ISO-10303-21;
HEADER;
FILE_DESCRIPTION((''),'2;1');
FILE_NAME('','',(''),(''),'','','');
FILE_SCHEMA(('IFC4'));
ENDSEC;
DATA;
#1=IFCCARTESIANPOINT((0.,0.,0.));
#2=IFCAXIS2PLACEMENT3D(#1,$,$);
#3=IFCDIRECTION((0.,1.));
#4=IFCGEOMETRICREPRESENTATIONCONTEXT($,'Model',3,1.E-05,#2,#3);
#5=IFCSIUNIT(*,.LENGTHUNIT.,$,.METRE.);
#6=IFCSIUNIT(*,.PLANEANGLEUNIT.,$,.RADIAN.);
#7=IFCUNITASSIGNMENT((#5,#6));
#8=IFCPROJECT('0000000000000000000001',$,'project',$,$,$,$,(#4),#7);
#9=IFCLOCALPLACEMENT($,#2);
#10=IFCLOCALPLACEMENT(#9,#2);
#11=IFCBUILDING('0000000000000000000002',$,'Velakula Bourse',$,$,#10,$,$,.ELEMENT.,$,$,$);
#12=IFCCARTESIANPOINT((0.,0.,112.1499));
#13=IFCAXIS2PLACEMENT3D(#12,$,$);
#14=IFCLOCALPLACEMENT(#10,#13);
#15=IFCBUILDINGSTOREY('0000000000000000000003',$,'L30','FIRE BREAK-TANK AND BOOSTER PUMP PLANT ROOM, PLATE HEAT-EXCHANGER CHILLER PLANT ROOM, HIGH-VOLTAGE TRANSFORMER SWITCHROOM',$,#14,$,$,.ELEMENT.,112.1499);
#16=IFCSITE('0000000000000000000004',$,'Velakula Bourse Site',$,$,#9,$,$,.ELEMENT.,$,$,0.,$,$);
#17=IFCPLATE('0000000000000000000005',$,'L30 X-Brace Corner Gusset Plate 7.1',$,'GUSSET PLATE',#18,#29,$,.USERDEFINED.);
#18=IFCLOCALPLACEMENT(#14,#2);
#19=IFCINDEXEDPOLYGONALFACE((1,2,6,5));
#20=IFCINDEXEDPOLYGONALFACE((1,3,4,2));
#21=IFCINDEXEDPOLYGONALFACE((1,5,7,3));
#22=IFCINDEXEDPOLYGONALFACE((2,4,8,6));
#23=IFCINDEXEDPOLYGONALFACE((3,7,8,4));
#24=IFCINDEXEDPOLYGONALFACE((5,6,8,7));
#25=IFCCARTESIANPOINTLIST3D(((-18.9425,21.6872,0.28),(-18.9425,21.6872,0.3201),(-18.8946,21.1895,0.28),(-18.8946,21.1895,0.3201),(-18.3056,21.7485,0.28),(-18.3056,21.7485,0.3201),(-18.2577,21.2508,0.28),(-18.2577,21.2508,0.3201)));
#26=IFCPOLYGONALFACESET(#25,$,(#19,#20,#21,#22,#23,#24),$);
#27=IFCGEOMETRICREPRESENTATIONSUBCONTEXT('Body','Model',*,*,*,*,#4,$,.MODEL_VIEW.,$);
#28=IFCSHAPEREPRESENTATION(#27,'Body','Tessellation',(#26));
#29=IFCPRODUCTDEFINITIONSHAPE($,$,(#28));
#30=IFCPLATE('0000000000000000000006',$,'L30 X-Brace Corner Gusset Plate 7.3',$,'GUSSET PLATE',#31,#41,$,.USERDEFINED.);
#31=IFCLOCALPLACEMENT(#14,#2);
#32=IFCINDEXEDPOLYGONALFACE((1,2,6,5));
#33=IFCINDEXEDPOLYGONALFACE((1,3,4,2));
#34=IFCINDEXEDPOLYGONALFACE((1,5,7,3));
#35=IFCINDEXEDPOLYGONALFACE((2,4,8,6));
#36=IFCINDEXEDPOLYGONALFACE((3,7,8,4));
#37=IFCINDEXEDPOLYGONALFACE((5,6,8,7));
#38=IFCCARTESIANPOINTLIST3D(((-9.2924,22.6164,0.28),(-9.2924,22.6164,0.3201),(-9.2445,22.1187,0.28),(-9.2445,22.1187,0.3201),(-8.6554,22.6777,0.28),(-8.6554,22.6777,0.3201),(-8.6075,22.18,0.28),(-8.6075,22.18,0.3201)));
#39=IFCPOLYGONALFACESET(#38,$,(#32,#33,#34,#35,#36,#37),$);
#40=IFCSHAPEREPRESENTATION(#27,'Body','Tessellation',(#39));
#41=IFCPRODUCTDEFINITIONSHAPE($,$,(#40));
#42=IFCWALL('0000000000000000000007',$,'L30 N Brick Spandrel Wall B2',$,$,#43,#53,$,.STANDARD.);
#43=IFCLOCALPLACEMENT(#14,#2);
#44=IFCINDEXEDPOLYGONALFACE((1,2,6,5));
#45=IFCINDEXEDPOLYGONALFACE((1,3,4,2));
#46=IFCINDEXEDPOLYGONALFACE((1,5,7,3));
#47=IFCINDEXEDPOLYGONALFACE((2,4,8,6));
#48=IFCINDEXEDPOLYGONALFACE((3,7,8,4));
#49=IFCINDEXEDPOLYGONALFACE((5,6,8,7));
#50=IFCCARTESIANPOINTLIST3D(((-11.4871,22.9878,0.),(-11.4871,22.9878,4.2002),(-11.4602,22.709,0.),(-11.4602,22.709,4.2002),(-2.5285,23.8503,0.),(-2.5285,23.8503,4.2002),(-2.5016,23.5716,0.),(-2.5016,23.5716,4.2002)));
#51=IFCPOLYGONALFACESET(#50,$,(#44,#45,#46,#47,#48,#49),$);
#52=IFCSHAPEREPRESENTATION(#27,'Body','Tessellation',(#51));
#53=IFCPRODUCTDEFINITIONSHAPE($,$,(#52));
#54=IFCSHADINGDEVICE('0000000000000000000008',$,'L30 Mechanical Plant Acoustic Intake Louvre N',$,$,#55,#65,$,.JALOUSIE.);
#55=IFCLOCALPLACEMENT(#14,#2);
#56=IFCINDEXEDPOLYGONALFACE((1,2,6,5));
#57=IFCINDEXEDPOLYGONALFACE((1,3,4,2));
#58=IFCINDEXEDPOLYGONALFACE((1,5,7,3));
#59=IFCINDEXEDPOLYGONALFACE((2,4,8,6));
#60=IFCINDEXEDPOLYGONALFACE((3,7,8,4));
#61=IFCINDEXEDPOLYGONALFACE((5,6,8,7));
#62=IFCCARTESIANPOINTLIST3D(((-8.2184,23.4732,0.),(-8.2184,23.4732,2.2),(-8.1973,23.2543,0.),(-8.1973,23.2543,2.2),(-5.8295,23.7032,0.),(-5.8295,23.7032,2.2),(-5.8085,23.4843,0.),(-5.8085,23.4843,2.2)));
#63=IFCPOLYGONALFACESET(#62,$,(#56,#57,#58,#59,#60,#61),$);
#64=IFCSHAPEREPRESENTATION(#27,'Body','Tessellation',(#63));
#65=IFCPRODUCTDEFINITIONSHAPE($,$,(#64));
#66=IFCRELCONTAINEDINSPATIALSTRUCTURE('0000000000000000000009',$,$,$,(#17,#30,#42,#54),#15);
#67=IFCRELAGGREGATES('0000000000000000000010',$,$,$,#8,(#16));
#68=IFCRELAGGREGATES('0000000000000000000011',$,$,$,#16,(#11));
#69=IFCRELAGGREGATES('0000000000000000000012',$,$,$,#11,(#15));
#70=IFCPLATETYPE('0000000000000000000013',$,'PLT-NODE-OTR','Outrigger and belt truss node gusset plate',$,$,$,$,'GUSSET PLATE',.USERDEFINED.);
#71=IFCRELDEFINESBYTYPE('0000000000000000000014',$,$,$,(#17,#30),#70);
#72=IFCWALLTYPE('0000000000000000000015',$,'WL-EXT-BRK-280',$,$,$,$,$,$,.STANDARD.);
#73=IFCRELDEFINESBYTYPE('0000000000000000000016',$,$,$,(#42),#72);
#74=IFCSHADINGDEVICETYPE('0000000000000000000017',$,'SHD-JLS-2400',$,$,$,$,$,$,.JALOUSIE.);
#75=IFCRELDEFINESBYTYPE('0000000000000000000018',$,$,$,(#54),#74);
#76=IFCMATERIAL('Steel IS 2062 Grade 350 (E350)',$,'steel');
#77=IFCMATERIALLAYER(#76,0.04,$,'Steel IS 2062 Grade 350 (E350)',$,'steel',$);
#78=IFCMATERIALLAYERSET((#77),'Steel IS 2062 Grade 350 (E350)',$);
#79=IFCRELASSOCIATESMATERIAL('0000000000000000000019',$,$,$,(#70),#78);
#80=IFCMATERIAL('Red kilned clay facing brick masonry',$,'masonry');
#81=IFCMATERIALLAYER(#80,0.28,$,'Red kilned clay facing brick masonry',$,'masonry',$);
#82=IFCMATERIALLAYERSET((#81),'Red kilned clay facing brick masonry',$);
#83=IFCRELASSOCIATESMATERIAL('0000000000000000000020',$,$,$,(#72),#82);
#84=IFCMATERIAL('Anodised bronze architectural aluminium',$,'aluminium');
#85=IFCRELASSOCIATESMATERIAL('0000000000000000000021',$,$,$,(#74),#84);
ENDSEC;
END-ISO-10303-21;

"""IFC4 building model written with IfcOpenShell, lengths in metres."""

from ifc_helpers import new_model, si_unit, direction, frame, frame_2d, origin, origin_2d, place, context, subcontext, project, spatial, rectangle, extrude, material, layer, layer_set, type_object, element, save


model = new_model("IFC4")

# Units and contexts
model_context = context("Model", 3, precision=1e-05, world=origin(), true_north=direction((0.0, 1.0)))
body_context = subcontext(model_context, "Body", "Model", "MODEL_VIEW")
ifc_project = project(units=[si_unit("LENGTHUNIT", "METRE"), si_unit("PLANEANGLEUNIT", "RADIAN")], contexts=[model_context])

# Site, building, storey
site_placement = place(None, origin())
site = spatial("IfcSite", under=ifc_project, at=site_placement, Name="Velakula Bourse Site", CompositionType="ELEMENT", RefElevation=0.0)
building_placement = place(site_placement, origin())
building = spatial("IfcBuilding", under=site, at=building_placement, Name="Velakula Bourse", CompositionType="ELEMENT")
storey_placement = place(building_placement, frame((0.0, 0.0, 112.1499)))
storey = spatial("IfcBuildingStorey", under=building, at=storey_placement, Name="L30", Description="FIRE BREAK-TANK AND BOOSTER PUMP PLANT ROOM, PLATE HEAT-EXCHANGER CHILLER PLANT ROOM, HIGH-VOLTAGE TRANSFORMER SWITCHROOM", CompositionType="ELEMENT", Elevation=112.1499)

# Shared definitions
ifc_material_1 = material(Name="Steel IS 2062 Grade 350 (E350)", Category="steel")

# Plates
ifc_layer_1 = layer(ifc_material_1, 0.04, Name="Steel IS 2062 Grade 350 (E350)", Category="steel")
ifc_layer_set_1 = layer_set([ifc_layer_1], Name="Steel IS 2062 Grade 350 (E350)")
plate_type_1 = type_object("IfcPlateType", Name="PLT-NODE-OTR", Description="Outrigger and belt truss node gusset plate", ElementType="GUSSET PLATE", PredefinedType="USERDEFINED", material=ifc_layer_set_1)
for number, where, z_axis, x_axis, name in (
    (1, (-18.6001, 21.469, 0.28), (0.0, 0.0, 1.0), (0.995396, 0.095846, 0.0), "L30 X-Brace Corner Gusset Plate 7.1"),
    (2, (-8.95, 22.3982, 0.28), (0.0, 0.0, 1.0), (0.995396, 0.095846, 0.0), "L30 X-Brace Corner Gusset Plate 7.3"),
):
    element("IfcPlate", number, at=place(storey_placement, frame(where, z_axis=z_axis, x_axis=x_axis)), inside=storey, type_object=plate_type_1, Name=name, ObjectType="GUSSET PLATE", PredefinedType="USERDEFINED", context=body_context, shape_type="SweptSolid", body=[
        extrude(rectangle(XDim=0.6399, YDim=0.5, at=origin_2d()), origin(), (0.0, 0.0, 1.0), 0.04),
    ])

# Wall
ifc_material_2 = material(Name="Red kilned clay facing brick masonry", Category="masonry")
ifc_layer_2 = layer(ifc_material_2, 0.28, Name="Red kilned clay facing brick masonry", Category="masonry")
ifc_layer_set_2 = layer_set([ifc_layer_2], Name="Red kilned clay facing brick masonry")
wall_type = type_object("IfcWallType", Name="WL-EXT-BRK-280", PredefinedType="STANDARD", material=ifc_layer_set_2)
wall_placement = place(storey_placement, frame((-11.4736, 22.8484, 0.0), z_axis=(0.0, 0.0, 1.0), x_axis=(0.995397, 0.09584, 0.0)))
element("IfcWall", 3, at=wall_placement, inside=storey, type_object=wall_type, Name="L30 N Brick Spandrel Wall B2", PredefinedType="STANDARD", context=body_context, shape_type="SweptSolid", body=[
    extrude(rectangle(XDim=9.0, YDim=0.28, at=frame_2d((4.5, 0.0))), origin(), (0.0, 0.0, 1.0), 4.2002),
])

# Shading device
ifc_material_3 = material(Name="Anodised bronze architectural aluminium", Category="aluminium")
shading_device_type = type_object("IfcShadingDeviceType", Name="SHD-JLS-2400", PredefinedType="JALOUSIE", material=ifc_material_3)
shading_device_placement = place(storey_placement, frame((-7.0134, 23.4788, 0.0), z_axis=(0.0, 0.0, 1.0), x_axis=(0.995396, 0.095846, 0.0)))
element("IfcShadingDevice", 4, at=shading_device_placement, inside=storey, type_object=shading_device_type, Name="L30 Mechanical Plant Acoustic Intake Louvre N", PredefinedType="JALOUSIE", context=body_context, shape_type="SweptSolid", body=[
    extrude(rectangle(XDim=2.3999, YDim=0.22, at=origin_2d()), origin(), (0.0, 0.0, 1.0), 2.2),
])

save(model, "model.ifc")
